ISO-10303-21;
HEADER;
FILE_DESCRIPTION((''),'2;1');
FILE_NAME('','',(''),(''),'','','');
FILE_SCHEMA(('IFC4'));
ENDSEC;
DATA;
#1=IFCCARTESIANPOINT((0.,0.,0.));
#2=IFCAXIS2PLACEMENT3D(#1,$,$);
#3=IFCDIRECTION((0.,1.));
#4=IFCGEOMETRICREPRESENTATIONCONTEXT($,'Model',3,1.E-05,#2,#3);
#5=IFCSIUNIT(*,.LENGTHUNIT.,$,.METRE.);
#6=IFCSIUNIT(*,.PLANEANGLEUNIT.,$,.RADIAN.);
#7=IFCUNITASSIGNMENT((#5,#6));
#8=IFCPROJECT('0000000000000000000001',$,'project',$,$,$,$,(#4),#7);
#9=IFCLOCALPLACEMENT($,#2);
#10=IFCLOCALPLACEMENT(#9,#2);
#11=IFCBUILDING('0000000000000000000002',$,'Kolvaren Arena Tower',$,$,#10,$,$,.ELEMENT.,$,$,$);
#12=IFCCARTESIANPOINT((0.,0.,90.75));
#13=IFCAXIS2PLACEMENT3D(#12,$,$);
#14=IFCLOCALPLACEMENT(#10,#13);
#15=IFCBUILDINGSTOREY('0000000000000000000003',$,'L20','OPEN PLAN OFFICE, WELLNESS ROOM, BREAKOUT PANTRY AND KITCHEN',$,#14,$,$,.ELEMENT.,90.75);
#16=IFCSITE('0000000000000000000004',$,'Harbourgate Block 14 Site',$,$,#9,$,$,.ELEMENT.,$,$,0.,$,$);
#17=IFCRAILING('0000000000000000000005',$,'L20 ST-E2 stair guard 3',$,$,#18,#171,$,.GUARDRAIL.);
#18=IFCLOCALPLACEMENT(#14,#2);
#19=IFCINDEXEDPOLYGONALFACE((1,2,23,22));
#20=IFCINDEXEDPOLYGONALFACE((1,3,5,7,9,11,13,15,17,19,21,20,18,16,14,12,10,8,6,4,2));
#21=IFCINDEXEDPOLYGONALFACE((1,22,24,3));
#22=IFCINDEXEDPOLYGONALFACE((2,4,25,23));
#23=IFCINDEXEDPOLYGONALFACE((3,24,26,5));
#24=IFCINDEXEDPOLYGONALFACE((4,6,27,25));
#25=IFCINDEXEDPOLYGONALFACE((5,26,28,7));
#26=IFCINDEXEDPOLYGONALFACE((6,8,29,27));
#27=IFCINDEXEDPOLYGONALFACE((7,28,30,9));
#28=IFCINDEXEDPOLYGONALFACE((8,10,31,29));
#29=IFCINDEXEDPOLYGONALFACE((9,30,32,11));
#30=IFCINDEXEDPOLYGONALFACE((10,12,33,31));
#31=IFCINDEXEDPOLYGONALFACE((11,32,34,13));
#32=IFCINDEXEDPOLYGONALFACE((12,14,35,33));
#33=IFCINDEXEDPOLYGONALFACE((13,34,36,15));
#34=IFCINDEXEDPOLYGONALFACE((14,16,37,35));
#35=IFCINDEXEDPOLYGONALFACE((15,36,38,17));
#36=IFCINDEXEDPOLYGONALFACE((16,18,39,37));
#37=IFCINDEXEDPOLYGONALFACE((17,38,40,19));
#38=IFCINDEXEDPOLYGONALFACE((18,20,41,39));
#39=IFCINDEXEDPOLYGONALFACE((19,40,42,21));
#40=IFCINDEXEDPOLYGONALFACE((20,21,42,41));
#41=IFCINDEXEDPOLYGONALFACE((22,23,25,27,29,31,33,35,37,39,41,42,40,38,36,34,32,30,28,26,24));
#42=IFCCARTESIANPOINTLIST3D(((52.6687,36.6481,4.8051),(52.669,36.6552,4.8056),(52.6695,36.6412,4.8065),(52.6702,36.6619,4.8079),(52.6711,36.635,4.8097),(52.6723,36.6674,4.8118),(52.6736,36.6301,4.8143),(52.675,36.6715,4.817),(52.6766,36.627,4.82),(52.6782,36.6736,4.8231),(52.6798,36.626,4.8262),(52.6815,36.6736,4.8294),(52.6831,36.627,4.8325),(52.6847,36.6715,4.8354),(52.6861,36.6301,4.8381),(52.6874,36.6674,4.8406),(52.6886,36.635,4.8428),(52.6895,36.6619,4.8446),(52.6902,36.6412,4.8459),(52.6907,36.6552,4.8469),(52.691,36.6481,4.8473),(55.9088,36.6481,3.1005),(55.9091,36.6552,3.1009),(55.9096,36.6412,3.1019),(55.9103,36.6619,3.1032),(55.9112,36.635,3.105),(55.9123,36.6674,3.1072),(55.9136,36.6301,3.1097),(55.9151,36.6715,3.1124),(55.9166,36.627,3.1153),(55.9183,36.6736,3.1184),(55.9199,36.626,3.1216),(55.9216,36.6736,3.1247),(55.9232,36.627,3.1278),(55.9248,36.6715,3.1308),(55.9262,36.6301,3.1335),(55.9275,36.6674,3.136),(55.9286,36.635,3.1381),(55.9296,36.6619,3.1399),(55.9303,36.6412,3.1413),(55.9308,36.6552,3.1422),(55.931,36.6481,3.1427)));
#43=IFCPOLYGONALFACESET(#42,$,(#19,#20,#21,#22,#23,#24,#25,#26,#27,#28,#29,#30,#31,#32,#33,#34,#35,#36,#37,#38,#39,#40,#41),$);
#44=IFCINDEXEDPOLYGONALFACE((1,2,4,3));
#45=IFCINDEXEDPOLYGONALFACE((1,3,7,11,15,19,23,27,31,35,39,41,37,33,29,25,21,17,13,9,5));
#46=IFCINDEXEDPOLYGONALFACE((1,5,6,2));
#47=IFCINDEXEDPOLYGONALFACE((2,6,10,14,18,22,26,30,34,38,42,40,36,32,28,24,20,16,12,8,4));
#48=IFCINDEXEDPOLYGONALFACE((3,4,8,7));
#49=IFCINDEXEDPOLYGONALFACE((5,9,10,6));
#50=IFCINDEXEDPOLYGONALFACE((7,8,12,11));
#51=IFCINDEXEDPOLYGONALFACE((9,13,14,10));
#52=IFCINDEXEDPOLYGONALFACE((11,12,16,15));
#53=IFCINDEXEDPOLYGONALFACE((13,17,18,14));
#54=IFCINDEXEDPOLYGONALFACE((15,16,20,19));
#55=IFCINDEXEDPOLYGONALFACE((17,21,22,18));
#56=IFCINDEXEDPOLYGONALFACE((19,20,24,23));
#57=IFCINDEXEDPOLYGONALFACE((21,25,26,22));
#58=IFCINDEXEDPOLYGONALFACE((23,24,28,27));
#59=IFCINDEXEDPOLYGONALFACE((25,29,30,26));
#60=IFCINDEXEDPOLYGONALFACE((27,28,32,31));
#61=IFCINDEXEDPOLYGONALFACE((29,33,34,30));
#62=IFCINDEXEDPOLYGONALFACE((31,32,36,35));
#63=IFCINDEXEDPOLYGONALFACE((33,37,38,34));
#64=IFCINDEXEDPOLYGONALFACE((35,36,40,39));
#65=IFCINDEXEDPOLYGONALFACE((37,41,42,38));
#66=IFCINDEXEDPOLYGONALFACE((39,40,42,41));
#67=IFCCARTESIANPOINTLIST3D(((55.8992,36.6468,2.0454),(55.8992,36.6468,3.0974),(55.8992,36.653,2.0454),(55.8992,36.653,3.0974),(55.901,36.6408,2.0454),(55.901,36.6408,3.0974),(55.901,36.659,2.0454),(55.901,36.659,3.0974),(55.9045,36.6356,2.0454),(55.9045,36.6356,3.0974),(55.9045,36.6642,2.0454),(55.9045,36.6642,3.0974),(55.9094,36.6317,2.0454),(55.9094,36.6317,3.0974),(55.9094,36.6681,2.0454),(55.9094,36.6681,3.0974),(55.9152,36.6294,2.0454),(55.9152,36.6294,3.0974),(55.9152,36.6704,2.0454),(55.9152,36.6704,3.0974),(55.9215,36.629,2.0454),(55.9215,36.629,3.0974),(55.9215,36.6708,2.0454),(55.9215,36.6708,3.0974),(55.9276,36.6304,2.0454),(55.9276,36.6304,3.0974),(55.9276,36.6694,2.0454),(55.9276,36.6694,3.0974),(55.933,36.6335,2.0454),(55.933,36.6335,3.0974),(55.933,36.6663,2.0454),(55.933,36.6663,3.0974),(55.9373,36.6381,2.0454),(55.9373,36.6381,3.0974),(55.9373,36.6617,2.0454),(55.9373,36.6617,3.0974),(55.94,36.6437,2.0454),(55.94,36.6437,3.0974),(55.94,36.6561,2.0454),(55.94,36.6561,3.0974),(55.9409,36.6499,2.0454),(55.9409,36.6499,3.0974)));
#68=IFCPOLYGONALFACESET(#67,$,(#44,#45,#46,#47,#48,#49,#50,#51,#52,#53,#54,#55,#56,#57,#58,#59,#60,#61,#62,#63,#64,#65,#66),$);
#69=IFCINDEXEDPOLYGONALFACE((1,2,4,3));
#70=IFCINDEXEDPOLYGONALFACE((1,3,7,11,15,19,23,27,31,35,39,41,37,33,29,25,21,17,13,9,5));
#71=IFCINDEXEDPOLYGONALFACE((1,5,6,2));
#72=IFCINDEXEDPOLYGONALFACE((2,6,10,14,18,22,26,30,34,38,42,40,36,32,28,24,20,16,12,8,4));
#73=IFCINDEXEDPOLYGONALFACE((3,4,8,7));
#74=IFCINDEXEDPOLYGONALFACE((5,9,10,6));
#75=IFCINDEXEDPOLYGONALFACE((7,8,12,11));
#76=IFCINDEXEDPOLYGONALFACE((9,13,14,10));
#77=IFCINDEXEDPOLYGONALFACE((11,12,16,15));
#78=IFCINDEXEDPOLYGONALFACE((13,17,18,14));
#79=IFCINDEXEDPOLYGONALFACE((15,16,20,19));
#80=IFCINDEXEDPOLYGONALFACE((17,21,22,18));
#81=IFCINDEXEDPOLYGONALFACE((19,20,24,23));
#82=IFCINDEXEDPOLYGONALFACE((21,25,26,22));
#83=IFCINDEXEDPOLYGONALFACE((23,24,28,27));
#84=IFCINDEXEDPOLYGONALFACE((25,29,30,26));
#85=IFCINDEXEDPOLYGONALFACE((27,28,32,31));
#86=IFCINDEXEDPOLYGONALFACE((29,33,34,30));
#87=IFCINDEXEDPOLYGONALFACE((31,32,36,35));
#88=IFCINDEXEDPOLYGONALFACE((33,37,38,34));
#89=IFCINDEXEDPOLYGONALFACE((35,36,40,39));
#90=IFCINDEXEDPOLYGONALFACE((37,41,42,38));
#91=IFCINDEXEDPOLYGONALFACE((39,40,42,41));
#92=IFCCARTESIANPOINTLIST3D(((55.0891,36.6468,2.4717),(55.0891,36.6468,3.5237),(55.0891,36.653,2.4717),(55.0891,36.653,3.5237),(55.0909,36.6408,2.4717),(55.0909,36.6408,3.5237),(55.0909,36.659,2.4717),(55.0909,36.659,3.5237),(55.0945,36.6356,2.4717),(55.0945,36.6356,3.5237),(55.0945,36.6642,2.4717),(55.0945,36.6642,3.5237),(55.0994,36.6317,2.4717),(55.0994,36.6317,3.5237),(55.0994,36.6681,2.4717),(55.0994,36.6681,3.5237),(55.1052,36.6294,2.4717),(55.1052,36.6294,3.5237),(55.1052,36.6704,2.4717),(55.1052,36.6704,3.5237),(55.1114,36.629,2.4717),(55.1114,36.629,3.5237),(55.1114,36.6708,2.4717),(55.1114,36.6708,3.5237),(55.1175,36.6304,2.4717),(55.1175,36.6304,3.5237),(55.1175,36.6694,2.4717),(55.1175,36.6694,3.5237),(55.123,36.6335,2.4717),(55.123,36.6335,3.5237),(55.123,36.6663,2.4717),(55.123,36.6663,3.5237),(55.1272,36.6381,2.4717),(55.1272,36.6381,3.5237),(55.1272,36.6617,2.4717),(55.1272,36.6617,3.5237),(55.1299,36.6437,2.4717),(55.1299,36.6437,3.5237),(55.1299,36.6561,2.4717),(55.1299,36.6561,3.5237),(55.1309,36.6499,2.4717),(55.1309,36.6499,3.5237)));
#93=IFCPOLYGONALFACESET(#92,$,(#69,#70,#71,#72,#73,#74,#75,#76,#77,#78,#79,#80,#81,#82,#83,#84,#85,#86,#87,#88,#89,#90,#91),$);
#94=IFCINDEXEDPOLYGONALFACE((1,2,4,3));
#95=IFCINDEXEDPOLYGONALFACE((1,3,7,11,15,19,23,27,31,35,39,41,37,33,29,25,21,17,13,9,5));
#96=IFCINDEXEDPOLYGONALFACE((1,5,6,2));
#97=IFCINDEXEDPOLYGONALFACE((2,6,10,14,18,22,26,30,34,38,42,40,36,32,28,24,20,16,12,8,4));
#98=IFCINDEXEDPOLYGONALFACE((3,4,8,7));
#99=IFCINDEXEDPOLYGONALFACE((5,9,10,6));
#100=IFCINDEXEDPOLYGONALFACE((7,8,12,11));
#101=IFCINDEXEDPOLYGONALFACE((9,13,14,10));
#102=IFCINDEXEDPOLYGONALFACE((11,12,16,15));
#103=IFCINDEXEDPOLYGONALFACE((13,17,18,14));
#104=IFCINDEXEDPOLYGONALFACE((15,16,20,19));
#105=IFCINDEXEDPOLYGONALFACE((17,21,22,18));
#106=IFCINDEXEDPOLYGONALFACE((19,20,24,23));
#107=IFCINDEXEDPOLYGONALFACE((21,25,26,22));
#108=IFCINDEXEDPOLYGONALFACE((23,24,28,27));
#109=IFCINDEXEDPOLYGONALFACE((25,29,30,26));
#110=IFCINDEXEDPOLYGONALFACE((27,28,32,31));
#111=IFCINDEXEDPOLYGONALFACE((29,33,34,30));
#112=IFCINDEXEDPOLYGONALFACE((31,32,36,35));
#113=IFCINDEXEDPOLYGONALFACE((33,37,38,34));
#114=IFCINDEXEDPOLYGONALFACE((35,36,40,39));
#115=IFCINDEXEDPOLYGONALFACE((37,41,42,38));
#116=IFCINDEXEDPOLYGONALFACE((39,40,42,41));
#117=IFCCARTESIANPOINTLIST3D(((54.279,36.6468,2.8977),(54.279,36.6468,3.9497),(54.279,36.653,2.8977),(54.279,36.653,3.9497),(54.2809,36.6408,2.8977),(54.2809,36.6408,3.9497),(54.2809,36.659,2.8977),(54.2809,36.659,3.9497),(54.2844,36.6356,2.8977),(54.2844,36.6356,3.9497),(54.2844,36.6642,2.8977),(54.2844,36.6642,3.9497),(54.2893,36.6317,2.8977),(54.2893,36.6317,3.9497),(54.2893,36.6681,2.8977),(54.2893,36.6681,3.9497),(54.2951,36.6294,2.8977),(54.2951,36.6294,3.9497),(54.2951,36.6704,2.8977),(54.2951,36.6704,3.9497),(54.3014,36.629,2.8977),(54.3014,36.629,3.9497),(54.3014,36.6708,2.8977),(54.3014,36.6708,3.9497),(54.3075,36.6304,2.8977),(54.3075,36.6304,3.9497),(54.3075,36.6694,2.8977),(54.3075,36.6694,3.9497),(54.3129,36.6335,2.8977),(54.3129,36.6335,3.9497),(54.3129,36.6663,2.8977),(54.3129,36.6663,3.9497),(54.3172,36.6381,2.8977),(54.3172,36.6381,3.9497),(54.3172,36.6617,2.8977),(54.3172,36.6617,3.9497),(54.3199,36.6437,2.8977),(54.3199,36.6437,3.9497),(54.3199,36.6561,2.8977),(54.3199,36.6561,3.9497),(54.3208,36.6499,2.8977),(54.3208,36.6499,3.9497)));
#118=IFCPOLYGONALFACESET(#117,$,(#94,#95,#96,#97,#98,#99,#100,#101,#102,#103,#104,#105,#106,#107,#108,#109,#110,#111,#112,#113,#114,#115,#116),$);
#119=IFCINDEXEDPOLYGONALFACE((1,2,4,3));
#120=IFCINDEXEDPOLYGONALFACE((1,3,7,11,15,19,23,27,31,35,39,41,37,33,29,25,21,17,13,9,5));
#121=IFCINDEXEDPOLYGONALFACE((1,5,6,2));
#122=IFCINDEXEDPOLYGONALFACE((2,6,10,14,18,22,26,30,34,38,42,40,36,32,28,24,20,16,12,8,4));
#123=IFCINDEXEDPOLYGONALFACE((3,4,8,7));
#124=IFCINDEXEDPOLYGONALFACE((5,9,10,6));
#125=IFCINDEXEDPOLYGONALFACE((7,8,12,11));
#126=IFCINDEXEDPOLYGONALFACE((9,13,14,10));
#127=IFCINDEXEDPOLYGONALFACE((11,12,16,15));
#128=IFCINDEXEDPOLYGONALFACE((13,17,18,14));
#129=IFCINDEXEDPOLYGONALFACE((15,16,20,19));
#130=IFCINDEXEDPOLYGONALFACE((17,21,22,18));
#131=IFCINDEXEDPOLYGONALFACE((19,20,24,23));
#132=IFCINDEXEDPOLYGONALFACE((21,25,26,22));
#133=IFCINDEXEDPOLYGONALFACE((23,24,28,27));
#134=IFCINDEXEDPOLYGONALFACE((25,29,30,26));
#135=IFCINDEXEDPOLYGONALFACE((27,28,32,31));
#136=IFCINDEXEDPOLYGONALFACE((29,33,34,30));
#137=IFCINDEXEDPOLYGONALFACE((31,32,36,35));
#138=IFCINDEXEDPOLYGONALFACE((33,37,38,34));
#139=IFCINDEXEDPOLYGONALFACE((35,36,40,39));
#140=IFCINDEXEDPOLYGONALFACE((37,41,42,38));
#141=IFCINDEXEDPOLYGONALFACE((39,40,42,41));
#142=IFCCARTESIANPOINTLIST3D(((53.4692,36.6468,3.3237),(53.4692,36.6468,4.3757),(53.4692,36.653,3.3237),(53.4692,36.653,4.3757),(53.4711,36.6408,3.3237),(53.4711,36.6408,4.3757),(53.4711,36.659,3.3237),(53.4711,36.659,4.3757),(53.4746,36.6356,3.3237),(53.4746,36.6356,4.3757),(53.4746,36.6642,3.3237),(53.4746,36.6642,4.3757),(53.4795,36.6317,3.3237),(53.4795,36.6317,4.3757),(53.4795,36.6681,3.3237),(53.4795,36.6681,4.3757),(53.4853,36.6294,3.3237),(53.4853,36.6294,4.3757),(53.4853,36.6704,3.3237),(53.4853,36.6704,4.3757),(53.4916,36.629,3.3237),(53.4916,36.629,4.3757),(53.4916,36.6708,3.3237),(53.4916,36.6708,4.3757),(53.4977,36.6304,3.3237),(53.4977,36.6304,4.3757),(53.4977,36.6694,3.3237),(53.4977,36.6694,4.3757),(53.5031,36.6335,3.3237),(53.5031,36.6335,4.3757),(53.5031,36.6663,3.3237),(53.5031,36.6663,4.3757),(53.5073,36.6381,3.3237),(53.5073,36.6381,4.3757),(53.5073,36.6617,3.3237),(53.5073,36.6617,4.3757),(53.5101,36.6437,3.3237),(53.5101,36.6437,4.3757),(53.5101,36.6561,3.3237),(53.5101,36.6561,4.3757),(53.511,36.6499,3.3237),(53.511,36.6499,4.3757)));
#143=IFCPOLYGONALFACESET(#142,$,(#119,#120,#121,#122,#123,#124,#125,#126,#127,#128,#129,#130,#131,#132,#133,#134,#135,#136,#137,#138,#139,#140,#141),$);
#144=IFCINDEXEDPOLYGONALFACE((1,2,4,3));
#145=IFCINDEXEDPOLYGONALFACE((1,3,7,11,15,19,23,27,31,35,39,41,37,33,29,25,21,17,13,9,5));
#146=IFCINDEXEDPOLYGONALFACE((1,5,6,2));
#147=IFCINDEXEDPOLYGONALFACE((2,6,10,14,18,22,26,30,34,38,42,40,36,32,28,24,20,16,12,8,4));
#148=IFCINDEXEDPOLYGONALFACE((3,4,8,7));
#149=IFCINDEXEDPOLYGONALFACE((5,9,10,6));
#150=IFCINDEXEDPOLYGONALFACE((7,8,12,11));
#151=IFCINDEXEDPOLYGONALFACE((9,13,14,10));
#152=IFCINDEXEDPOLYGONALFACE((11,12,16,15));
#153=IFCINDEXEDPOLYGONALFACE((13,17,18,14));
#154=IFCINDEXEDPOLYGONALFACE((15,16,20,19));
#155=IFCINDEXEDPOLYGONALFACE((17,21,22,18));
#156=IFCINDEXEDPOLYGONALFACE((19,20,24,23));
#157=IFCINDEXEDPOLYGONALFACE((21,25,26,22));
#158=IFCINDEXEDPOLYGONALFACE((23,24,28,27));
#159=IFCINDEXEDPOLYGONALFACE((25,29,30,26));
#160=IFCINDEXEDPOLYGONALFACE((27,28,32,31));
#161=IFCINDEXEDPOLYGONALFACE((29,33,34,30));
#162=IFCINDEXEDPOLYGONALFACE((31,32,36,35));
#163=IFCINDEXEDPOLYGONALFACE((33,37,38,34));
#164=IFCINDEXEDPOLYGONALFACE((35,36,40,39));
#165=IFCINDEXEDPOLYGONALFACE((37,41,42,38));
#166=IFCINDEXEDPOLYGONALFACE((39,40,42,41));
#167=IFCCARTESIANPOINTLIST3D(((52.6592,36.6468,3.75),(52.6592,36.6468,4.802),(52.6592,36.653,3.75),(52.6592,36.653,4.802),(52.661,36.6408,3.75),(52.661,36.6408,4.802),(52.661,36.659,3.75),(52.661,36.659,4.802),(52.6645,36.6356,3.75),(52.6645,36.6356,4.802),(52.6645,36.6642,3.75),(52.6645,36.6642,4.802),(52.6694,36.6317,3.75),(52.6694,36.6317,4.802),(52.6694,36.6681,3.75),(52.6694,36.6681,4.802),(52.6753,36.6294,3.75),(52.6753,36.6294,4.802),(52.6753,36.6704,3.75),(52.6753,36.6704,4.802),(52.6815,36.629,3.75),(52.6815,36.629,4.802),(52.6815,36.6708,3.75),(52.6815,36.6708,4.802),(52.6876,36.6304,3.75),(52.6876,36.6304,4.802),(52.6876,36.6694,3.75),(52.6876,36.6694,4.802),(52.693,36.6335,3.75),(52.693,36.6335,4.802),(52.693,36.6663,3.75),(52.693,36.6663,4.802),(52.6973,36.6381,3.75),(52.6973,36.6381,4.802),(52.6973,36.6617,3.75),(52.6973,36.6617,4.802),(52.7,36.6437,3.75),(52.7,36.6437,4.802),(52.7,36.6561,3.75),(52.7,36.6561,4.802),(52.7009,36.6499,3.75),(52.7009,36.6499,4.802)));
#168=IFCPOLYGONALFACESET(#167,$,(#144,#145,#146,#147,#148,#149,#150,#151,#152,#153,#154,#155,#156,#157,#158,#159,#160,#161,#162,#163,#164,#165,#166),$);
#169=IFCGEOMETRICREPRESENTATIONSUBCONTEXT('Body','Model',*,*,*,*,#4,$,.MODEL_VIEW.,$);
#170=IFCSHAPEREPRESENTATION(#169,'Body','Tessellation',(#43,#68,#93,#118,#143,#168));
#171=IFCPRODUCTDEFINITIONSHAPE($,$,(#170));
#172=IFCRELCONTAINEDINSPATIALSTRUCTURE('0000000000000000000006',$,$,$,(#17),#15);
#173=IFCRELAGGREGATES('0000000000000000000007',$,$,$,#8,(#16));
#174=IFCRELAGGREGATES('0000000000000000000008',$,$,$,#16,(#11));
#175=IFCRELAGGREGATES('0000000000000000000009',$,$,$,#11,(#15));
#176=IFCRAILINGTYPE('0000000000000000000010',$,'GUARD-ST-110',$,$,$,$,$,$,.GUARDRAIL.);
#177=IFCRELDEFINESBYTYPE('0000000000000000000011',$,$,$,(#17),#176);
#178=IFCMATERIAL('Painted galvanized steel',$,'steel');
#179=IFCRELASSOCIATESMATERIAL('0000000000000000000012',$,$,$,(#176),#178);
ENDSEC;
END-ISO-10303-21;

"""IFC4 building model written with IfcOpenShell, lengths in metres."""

from ifc_helpers import new_model, si_unit, direction, frame, origin, origin_2d, place, context, subcontext, project, spatial, circle, extrude, material, type_object, element, save


model = new_model("IFC4")

# Units and contexts
model_context = context("Model", 3, precision=1e-05, world=origin(), true_north=direction((0.0, 1.0)))
body_context = subcontext(model_context, "Body", "Model", "MODEL_VIEW")
ifc_project = project(units=[si_unit("LENGTHUNIT", "METRE"), si_unit("PLANEANGLEUNIT", "RADIAN")], contexts=[model_context])

# Site, building, storey
site_placement = place(None, origin())
site = spatial("IfcSite", under=ifc_project, at=site_placement, Name="Harbourgate Block 14 Site", CompositionType="ELEMENT", RefElevation=0.0)
building_placement = place(site_placement, origin())
building = spatial("IfcBuilding", under=site, at=building_placement, Name="Kolvaren Arena Tower", CompositionType="ELEMENT")
storey_placement = place(building_placement, frame((0.0, 0.0, 90.75)))
storey = spatial("IfcBuildingStorey", under=building, at=storey_placement, Name="L20", Description="OPEN PLAN OFFICE, WELLNESS ROOM, BREAKOUT PANTRY AND KITCHEN", CompositionType="ELEMENT", Elevation=90.75)

# Railing
ifc_material_1 = material(Name="Painted galvanized steel", Category="steel")
railing_type_1 = type_object("IfcRailingType", Name="GUARD-ST-110", PredefinedType="GUARDRAIL", material=ifc_material_1)
railing_1_placement = place(storey_placement, frame((55.9199, 36.6499, 2.0454)))
element("IfcRailing", 1, at=railing_1_placement, inside=storey, type_object=railing_type_1, Name="L20 ST-E2 stair guard 3", PredefinedType="GUARDRAIL", context=body_context, shape_type="SweptSolid", body=[
    extrude(circle(Radius=0.0239, at=origin_2d()), frame((0.0, 0.0, 1.0762), z_axis=(-0.884993, 0.0, 0.465604), x_axis=(0.0, -1.0, 0.0)), (0.0, 0.0, 1.0), 3.6611),
    extrude(circle(Radius=0.021, at=origin_2d()), origin(), (0.0, 0.0, 1.0), 1.052),
    extrude(circle(Radius=0.021, at=origin_2d()), frame((-0.8101, 0.0, 0.4263)), (0.0, 0.0, 1.0), 1.052),
    extrude(circle(Radius=0.021, at=origin_2d()), frame((-1.6201, 0.0, 0.8523)), (0.0, 0.0, 1.0), 1.052),
    extrude(circle(Radius=0.021, at=origin_2d()), frame((-2.4299, 0.0, 1.2783)), (0.0, 0.0, 1.0), 1.052),
    extrude(circle(Radius=0.021, at=origin_2d()), frame((-3.24, 0.0, 1.7046)), (0.0, 0.0, 1.0), 1.052),
])

save(model, "model.ifc")
